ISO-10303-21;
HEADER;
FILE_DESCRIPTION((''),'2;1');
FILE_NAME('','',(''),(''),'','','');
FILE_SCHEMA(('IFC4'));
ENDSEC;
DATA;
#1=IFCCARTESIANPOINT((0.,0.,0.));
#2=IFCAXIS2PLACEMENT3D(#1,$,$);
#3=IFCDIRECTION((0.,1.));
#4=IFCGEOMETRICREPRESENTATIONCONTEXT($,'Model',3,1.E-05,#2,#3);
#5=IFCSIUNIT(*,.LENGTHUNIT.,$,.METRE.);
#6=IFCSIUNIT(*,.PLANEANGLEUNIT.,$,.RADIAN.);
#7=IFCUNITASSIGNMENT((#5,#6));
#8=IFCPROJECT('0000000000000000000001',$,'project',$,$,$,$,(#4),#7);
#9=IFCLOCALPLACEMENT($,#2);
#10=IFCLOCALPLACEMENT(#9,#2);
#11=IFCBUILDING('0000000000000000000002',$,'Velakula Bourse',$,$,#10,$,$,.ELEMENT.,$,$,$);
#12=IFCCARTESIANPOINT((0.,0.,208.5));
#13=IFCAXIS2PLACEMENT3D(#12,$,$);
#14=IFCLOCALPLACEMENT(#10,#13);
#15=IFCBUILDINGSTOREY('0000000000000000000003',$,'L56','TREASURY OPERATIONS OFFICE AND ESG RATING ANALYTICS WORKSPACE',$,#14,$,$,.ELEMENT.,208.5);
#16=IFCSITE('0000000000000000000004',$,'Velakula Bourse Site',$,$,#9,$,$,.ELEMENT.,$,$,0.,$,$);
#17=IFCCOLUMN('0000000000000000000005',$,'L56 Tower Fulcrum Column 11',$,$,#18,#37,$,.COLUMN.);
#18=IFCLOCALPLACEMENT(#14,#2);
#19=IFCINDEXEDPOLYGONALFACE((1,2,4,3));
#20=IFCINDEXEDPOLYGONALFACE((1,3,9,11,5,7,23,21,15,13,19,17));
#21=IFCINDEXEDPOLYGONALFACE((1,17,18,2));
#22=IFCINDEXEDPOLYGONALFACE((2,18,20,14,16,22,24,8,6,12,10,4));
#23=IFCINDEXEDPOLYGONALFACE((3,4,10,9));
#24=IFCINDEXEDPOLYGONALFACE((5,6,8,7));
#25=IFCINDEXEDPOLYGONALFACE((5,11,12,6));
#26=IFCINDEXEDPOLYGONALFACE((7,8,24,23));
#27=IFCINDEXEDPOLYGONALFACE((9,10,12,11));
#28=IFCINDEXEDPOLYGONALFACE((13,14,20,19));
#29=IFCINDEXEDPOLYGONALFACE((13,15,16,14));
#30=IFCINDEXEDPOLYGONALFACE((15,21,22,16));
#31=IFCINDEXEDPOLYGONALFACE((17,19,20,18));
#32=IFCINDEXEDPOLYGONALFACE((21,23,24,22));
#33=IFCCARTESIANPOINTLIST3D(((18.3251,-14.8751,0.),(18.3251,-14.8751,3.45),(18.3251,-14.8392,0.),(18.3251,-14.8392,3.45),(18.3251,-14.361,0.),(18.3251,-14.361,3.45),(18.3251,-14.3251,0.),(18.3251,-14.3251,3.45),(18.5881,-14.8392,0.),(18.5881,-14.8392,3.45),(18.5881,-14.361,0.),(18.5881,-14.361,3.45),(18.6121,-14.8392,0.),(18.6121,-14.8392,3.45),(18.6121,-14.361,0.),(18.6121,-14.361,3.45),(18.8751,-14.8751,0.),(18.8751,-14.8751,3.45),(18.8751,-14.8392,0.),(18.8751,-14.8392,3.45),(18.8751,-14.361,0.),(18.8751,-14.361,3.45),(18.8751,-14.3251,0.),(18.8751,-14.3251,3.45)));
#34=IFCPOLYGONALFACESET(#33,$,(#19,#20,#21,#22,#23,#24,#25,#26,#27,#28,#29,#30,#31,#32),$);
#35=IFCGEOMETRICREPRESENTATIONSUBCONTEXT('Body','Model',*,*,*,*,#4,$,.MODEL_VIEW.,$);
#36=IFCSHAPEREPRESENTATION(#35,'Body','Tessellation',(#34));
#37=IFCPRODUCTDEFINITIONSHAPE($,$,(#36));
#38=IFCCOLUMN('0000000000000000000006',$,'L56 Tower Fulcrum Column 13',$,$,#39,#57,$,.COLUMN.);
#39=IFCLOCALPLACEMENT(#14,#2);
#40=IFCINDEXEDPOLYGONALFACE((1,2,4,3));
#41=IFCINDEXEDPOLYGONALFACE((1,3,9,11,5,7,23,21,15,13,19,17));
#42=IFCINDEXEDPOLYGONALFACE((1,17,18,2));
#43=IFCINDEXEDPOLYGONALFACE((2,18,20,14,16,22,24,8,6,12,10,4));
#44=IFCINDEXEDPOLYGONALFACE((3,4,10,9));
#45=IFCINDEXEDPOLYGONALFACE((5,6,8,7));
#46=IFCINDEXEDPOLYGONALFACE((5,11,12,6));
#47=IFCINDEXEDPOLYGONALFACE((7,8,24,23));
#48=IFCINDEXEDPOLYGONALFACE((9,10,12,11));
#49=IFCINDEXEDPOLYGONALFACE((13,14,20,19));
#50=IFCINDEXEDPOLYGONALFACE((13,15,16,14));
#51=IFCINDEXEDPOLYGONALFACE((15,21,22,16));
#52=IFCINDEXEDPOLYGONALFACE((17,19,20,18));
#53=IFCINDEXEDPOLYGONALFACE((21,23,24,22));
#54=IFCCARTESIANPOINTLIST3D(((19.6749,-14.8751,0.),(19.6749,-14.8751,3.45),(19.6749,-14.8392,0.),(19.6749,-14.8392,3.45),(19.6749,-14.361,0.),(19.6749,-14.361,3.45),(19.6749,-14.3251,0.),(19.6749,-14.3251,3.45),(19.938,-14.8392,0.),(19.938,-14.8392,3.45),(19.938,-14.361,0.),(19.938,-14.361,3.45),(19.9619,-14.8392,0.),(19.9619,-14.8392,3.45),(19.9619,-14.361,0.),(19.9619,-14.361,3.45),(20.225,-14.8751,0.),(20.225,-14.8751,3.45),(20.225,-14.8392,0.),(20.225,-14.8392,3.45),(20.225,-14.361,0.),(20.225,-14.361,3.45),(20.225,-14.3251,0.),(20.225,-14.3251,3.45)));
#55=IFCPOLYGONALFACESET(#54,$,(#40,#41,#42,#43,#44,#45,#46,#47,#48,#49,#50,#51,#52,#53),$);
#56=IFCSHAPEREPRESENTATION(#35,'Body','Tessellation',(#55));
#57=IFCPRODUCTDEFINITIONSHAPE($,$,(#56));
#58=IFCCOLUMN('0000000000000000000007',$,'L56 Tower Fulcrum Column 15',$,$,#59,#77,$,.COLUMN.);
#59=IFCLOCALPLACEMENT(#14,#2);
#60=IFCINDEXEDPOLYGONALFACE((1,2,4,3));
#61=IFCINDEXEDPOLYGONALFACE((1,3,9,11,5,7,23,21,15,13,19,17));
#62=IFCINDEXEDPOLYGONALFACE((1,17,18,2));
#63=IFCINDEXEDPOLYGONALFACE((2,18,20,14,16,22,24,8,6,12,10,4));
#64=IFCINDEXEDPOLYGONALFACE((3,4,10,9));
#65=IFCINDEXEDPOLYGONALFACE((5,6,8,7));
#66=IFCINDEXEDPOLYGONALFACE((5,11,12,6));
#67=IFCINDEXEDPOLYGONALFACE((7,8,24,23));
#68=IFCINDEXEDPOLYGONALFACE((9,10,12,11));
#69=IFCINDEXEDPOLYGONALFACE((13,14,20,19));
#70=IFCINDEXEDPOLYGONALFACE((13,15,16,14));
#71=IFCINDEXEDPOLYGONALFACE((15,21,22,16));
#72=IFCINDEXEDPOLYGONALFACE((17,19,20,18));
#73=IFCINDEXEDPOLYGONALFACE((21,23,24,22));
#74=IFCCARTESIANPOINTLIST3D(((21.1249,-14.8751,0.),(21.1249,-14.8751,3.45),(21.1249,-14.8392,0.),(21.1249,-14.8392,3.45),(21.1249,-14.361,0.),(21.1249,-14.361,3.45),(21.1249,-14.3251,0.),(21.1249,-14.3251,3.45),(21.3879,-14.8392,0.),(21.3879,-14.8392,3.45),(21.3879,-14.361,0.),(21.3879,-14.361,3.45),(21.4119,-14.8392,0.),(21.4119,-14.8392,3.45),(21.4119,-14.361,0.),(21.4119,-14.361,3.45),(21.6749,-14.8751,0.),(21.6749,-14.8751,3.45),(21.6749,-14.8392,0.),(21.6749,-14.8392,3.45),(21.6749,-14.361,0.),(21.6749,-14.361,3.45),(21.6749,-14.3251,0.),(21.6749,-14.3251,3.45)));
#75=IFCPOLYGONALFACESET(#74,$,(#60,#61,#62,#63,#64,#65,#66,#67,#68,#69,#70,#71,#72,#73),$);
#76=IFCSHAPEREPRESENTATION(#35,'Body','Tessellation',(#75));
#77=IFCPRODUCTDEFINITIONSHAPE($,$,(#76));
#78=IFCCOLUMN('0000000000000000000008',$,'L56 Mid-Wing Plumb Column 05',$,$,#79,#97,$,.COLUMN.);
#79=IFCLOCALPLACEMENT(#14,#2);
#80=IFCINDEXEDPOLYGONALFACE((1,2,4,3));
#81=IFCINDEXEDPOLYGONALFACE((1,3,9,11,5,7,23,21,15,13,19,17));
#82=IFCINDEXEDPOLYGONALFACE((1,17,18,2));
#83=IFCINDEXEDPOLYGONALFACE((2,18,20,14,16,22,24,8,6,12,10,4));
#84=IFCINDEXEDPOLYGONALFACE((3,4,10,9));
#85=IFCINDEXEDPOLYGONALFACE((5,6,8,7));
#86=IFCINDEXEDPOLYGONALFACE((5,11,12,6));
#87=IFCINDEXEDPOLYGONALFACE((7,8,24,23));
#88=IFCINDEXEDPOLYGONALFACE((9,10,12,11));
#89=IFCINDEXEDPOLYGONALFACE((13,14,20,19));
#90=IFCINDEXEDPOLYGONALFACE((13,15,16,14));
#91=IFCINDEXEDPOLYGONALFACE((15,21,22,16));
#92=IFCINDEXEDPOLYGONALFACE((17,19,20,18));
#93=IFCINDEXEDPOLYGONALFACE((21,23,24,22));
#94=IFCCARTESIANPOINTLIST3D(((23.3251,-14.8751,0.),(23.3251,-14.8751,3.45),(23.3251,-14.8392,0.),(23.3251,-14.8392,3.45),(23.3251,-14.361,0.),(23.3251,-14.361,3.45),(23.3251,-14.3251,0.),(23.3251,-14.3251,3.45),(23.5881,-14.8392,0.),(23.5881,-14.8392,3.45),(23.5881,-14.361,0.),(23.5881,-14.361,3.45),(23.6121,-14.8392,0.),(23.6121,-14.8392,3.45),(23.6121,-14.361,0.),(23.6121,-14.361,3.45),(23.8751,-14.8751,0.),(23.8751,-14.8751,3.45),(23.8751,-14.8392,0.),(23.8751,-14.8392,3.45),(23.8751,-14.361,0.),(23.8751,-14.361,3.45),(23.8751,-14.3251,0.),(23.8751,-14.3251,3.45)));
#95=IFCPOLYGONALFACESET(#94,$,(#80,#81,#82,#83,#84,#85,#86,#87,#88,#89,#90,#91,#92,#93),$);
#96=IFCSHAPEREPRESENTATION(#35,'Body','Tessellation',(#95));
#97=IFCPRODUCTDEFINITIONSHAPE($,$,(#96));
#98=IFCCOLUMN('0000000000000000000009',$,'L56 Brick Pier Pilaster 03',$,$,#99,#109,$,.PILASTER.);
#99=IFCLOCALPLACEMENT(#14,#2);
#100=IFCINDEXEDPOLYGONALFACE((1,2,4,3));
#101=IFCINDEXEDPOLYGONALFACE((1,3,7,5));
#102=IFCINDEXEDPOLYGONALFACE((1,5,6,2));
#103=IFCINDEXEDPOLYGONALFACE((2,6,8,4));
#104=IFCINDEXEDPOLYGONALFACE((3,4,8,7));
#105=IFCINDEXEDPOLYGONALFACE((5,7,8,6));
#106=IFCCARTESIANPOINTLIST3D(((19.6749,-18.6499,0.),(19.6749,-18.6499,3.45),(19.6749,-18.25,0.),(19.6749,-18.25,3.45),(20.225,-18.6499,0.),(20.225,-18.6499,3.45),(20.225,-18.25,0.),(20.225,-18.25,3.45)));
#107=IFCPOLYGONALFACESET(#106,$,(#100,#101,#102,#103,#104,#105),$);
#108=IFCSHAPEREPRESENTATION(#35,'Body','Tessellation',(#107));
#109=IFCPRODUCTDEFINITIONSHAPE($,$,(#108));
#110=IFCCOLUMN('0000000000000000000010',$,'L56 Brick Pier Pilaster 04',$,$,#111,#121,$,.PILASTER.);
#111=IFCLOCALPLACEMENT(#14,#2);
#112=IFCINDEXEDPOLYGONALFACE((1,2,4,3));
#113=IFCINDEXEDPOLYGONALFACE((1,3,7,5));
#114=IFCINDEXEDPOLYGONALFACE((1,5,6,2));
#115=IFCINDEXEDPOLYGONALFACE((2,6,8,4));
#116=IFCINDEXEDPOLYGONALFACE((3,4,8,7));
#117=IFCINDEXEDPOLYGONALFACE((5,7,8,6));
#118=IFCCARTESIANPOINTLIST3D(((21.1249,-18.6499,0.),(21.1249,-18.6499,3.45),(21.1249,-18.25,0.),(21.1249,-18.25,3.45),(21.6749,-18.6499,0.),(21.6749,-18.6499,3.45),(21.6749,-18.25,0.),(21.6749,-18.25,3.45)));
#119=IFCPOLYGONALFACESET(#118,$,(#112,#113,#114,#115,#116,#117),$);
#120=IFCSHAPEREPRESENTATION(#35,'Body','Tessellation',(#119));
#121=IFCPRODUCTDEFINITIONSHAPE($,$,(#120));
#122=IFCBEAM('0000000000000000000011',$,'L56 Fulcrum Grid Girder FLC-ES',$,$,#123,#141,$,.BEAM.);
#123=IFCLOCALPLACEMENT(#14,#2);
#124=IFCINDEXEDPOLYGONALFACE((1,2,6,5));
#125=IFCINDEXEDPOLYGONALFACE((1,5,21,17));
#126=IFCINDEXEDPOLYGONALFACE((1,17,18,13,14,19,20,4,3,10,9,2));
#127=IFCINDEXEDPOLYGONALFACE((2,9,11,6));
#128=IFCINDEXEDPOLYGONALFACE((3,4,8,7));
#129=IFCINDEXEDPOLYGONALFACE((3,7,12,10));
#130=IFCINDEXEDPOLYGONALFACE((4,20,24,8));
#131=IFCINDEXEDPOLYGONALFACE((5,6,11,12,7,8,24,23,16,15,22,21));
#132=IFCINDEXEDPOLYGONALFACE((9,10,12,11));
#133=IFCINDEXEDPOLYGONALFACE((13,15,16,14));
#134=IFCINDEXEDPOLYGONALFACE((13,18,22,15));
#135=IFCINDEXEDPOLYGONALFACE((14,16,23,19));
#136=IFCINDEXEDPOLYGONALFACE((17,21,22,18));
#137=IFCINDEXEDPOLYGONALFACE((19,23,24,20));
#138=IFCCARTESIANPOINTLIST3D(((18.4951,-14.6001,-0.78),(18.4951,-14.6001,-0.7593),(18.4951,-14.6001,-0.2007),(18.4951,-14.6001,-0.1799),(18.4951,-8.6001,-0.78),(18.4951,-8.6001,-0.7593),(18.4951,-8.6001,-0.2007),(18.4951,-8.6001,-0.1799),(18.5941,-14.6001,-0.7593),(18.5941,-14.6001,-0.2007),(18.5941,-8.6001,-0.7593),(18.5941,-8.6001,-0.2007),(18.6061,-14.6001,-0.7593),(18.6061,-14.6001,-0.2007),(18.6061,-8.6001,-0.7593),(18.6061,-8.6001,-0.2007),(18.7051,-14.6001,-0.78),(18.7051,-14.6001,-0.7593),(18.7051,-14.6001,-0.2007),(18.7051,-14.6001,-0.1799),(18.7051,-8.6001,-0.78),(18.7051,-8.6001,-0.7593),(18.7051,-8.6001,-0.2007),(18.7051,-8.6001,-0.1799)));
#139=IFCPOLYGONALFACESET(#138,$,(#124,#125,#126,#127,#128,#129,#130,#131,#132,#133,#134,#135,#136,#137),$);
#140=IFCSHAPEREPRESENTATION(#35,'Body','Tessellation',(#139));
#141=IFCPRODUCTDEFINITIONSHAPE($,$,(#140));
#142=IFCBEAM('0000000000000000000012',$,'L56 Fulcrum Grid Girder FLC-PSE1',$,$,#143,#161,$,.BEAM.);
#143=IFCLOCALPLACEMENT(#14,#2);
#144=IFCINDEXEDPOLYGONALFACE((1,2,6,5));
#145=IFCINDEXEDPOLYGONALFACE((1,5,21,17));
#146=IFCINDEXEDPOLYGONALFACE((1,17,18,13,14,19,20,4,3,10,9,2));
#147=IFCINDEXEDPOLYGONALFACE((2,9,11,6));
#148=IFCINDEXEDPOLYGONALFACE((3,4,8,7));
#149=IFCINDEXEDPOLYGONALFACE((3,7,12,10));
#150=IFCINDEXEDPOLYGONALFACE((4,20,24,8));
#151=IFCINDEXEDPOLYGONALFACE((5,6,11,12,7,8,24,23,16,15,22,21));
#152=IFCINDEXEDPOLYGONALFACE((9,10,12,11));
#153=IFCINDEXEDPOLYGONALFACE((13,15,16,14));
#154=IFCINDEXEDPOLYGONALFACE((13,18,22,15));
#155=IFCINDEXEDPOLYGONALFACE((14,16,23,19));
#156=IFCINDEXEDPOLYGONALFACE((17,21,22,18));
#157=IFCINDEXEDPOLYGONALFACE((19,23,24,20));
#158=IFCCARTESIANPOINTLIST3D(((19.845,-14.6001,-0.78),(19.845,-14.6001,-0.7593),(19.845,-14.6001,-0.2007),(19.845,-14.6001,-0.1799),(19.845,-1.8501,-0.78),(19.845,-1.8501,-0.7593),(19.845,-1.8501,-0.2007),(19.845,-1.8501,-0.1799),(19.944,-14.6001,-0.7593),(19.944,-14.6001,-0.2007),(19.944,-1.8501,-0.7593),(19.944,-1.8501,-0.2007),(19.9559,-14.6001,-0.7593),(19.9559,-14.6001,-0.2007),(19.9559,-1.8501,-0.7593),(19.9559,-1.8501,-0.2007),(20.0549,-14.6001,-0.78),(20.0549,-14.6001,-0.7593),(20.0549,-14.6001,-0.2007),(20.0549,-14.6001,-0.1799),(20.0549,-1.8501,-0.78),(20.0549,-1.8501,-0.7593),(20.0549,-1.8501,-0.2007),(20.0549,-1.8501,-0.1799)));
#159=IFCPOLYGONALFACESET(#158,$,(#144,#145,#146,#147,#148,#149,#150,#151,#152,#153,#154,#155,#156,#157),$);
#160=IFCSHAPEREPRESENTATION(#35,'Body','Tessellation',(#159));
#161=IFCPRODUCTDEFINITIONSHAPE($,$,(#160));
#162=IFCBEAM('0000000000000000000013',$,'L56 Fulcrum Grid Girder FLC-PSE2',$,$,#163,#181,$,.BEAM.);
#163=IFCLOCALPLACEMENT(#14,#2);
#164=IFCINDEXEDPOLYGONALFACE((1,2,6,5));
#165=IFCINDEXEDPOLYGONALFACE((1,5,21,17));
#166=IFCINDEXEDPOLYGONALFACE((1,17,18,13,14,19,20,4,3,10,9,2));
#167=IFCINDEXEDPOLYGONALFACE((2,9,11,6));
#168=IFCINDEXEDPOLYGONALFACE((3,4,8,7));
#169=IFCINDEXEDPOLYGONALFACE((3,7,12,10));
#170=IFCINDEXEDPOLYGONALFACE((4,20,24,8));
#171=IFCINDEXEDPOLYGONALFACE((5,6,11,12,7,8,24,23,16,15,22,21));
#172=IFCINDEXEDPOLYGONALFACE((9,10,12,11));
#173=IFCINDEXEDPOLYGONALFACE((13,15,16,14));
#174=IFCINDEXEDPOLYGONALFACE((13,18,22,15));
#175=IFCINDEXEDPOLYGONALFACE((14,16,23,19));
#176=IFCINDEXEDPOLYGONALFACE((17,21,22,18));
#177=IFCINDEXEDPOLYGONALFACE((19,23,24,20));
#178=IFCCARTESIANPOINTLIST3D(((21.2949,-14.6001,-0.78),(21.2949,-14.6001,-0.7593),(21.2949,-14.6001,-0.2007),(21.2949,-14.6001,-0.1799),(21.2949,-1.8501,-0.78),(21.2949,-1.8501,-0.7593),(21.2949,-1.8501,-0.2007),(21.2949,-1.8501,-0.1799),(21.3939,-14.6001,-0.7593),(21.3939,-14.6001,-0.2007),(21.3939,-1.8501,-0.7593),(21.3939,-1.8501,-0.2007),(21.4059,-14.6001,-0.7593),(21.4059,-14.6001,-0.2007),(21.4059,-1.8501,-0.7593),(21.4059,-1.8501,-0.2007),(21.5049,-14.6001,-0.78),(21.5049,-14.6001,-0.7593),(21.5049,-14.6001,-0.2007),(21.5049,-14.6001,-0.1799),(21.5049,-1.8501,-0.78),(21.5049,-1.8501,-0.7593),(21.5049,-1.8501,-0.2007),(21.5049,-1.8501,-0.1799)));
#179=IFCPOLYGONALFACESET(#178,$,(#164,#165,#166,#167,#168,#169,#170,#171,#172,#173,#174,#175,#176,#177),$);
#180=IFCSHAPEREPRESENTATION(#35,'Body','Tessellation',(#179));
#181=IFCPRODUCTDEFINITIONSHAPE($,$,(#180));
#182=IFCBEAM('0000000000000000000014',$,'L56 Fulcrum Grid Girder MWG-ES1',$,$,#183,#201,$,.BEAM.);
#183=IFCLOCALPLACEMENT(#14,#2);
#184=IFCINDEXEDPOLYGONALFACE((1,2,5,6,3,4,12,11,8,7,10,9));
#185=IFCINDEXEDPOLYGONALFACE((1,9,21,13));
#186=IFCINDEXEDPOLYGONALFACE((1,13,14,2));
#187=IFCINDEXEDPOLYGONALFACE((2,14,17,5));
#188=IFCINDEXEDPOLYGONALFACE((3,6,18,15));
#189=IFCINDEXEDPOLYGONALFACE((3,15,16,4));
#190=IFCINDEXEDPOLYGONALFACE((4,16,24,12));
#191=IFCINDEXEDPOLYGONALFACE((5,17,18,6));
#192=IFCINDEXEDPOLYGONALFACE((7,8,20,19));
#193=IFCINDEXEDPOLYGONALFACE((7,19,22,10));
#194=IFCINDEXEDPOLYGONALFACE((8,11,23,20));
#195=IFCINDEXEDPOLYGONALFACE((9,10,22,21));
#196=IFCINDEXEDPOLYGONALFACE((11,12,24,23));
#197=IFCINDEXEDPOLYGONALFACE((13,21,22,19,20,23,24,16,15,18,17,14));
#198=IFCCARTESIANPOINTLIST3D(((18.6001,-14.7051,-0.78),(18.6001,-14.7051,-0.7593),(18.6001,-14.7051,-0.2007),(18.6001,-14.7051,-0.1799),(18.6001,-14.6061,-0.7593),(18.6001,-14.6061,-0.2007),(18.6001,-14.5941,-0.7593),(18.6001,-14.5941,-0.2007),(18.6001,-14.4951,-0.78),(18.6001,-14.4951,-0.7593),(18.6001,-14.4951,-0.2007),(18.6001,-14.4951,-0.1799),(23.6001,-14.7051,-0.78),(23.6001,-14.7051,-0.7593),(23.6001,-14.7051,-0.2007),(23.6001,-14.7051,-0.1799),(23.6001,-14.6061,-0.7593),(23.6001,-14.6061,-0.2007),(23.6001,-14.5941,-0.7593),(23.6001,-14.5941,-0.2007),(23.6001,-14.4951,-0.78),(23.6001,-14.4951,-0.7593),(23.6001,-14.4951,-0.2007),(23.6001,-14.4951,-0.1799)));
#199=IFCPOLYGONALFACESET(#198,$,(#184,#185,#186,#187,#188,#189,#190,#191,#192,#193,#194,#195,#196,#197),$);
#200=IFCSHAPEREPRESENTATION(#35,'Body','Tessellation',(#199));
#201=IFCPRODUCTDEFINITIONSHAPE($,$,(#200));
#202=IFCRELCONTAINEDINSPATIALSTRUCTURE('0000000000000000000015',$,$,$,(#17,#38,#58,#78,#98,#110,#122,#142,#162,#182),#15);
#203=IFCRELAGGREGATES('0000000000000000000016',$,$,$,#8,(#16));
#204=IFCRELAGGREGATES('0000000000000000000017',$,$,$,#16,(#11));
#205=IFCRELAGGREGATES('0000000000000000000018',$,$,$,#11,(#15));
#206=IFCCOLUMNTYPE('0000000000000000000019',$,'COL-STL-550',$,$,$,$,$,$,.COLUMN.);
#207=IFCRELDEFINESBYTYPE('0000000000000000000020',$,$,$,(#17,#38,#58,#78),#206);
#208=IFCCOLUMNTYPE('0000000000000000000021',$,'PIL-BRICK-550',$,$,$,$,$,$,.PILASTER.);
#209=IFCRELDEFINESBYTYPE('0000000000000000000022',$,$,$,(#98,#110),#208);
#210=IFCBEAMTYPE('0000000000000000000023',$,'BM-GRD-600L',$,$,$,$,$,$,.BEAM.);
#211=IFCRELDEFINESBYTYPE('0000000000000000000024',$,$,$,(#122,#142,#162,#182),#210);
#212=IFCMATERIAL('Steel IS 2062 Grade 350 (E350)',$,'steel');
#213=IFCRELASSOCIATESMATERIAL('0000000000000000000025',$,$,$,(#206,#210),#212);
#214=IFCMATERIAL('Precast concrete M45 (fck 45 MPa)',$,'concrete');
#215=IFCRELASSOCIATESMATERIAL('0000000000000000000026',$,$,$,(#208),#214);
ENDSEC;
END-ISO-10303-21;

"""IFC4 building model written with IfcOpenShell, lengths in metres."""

from ifc_helpers import new_model, si_unit, direction, frame, origin, origin_2d, place, context, subcontext, project, spatial, rectangle, i_section, extrude, material, material_profile, profile_set, type_object, element, save


model = new_model("IFC4")

# Units and contexts
model_context = context("Model", 3, precision=1e-05, world=origin(), true_north=direction((0.0, 1.0)))
body_context = subcontext(model_context, "Body", "Model", "MODEL_VIEW")
ifc_project = project(units=[si_unit("LENGTHUNIT", "METRE"), si_unit("PLANEANGLEUNIT", "RADIAN")], contexts=[model_context])

# Site, building, storey
site_placement = place(None, origin())
site = spatial("IfcSite", under=ifc_project, at=site_placement, Name="Velakula Bourse Site", CompositionType="ELEMENT", RefElevation=0.0)
building_placement = place(site_placement, origin())
building = spatial("IfcBuilding", under=site, at=building_placement, Name="Velakula Bourse", CompositionType="ELEMENT")
storey_placement = place(building_placement, frame((0.0, 0.0, 208.5)))
storey = spatial("IfcBuildingStorey", under=building, at=storey_placement, Name="L56", Description="TREASURY OPERATIONS OFFICE AND ESG RATING ANALYTICS WORKSPACE", CompositionType="ELEMENT", Elevation=208.5)

# Columns
ifc_material_1 = material(Name="Steel IS 2062 Grade 350 (E350)", Category="steel")
ifc_material_profile_1 = material_profile(ifc_material_1, i_section(OverallWidth=0.55, OverallDepth=0.55, WebThickness=0.0239, FlangeThickness=0.0359, at=origin_2d()), Name="Steel IS 2062 Grade 350 (E350)")
ifc_profile_set_1 = profile_set([ifc_material_profile_1], Name="Steel IS 2062 Grade 350 (E350)")
column_type_1 = type_object("IfcColumnType", Name="COL-STL-550", PredefinedType="COLUMN", material=ifc_profile_set_1)
for number, where, z_axis, x_axis, name in (
    (1, (18.6001, -14.6001, 0.0), (0.0, 0.0, 1.0), (1.0, 0.0, 0.0), "L56 Tower Fulcrum Column 11"),
    (2, (19.95, -14.6001, 0.0), (0.0, 0.0, 1.0), (1.0, 0.0, 0.0), "L56 Tower Fulcrum Column 13"),
    (3, (21.3999, -14.6001, 0.0), (0.0, 0.0, 1.0), (1.0, 0.0, 0.0), "L56 Tower Fulcrum Column 15"),
    (4, (23.6001, -14.6001, 0.0), (0.0, 0.0, 1.0), (1.0, 0.0, 0.0), "L56 Mid-Wing Plumb Column 05"),
):
    element("IfcColumn", number, at=place(storey_placement, frame(where, z_axis=z_axis, x_axis=x_axis)), inside=storey, type_object=column_type_1, Name=name, PredefinedType="COLUMN", context=body_context, shape_type="SweptSolid", body=[
        extrude(i_section(OverallWidth=0.55, OverallDepth=0.55, WebThickness=0.0239, FlangeThickness=0.0359, at=origin_2d()), origin(), (0.0, 0.0, 1.0), 3.45),
    ])
ifc_material_2 = material(Name="Precast concrete M45 (fck 45 MPa)", Category="concrete")
ifc_material_profile_2 = material_profile(ifc_material_2, rectangle(XDim=0.55, YDim=0.3999, at=origin_2d()), Name="Precast concrete M45 (fck 45 MPa)")
ifc_profile_set_2 = profile_set([ifc_material_profile_2], Name="Precast concrete M45 (fck 45 MPa)")
column_type_2 = type_object("IfcColumnType", Name="PIL-BRICK-550", PredefinedType="PILASTER", material=ifc_profile_set_2)
for number, where, z_axis, x_axis, name in (
    (5, (19.95, -18.45, 0.0), (0.0, 0.0, 1.0), (1.0, 0.0, 0.0), "L56 Brick Pier Pilaster 03"),
    (6, (21.3999, -18.45, 0.0), (0.0, 0.0, 1.0), (1.0, 0.0, 0.0), "L56 Brick Pier Pilaster 04"),
):
    element("IfcColumn", number, at=place(storey_placement, frame(where, z_axis=z_axis, x_axis=x_axis)), inside=storey, type_object=column_type_2, Name=name, PredefinedType="PILASTER", context=body_context, shape_type="SweptSolid", body=[
        extrude(rectangle(XDim=0.55, YDim=0.3999, at=origin_2d()), origin(), (0.0, 0.0, 1.0), 3.45),
    ])

# Beams
ifc_material_profile_3 = material_profile(ifc_material_1, i_section(OverallWidth=0.21, OverallDepth=0.6001, WebThickness=0.012, FlangeThickness=0.0208, at=origin_2d()), Name="Steel IS 2062 Grade 350 (E350)")
ifc_profile_set_3 = profile_set([ifc_material_profile_3], Name="Steel IS 2062 Grade 350 (E350)")
beam_type_1 = type_object("IfcBeamType", Name="BM-GRD-600L", PredefinedType="BEAM", material=ifc_profile_set_3)
beam_1_placement = place(storey_placement, frame((18.6001, -14.6001, -0.48), z_axis=(0.0, 1.0, 0.0), x_axis=(-1.0, 0.0, 0.0)))
element("IfcBeam", 7, at=beam_1_placement, inside=storey, type_object=beam_type_1, Name="L56 Fulcrum Grid Girder FLC-ES", PredefinedType="BEAM", context=body_context, shape_type="SweptSolid", body=[
    extrude(i_section(OverallWidth=0.21, OverallDepth=0.6001, WebThickness=0.012, FlangeThickness=0.0208, at=origin_2d()), origin(), (0.0, 0.0, 1.0), 6.0),
])
for number, where, z_axis, x_axis, name in (
    (8, (19.95, -14.6001, -0.48), (0.0, 1.0, 0.0), (-1.0, 0.0, 0.0), "L56 Fulcrum Grid Girder FLC-PSE1"),
    (9, (21.3999, -14.6001, -0.48), (0.0, 1.0, 0.0), (-1.0, 0.0, 0.0), "L56 Fulcrum Grid Girder FLC-PSE2"),
):
    element("IfcBeam", number, at=place(storey_placement, frame(where, z_axis=z_axis, x_axis=x_axis)), inside=storey, type_object=beam_type_1, Name=name, PredefinedType="BEAM", context=body_context, shape_type="SweptSolid", body=[
        extrude(i_section(OverallWidth=0.21, OverallDepth=0.6001, WebThickness=0.012, FlangeThickness=0.0208, at=origin_2d()), origin(), (0.0, 0.0, 1.0), 12.75),
    ])
beam_2_placement = place(storey_placement, frame((18.6001, -14.6001, -0.48), z_axis=(1.0, 0.0, 0.0), x_axis=(0.0, 1.0, 0.0)))
element("IfcBeam", 10, at=beam_2_placement, inside=storey, type_object=beam_type_1, Name="L56 Fulcrum Grid Girder MWG-ES1", PredefinedType="BEAM", context=body_context, shape_type="SweptSolid", body=[
    extrude(i_section(OverallWidth=0.21, OverallDepth=0.6001, WebThickness=0.012, FlangeThickness=0.0208, at=origin_2d()), origin(), (0.0, 0.0, 1.0), 5.0),
])

save(model, "model.ifc")
